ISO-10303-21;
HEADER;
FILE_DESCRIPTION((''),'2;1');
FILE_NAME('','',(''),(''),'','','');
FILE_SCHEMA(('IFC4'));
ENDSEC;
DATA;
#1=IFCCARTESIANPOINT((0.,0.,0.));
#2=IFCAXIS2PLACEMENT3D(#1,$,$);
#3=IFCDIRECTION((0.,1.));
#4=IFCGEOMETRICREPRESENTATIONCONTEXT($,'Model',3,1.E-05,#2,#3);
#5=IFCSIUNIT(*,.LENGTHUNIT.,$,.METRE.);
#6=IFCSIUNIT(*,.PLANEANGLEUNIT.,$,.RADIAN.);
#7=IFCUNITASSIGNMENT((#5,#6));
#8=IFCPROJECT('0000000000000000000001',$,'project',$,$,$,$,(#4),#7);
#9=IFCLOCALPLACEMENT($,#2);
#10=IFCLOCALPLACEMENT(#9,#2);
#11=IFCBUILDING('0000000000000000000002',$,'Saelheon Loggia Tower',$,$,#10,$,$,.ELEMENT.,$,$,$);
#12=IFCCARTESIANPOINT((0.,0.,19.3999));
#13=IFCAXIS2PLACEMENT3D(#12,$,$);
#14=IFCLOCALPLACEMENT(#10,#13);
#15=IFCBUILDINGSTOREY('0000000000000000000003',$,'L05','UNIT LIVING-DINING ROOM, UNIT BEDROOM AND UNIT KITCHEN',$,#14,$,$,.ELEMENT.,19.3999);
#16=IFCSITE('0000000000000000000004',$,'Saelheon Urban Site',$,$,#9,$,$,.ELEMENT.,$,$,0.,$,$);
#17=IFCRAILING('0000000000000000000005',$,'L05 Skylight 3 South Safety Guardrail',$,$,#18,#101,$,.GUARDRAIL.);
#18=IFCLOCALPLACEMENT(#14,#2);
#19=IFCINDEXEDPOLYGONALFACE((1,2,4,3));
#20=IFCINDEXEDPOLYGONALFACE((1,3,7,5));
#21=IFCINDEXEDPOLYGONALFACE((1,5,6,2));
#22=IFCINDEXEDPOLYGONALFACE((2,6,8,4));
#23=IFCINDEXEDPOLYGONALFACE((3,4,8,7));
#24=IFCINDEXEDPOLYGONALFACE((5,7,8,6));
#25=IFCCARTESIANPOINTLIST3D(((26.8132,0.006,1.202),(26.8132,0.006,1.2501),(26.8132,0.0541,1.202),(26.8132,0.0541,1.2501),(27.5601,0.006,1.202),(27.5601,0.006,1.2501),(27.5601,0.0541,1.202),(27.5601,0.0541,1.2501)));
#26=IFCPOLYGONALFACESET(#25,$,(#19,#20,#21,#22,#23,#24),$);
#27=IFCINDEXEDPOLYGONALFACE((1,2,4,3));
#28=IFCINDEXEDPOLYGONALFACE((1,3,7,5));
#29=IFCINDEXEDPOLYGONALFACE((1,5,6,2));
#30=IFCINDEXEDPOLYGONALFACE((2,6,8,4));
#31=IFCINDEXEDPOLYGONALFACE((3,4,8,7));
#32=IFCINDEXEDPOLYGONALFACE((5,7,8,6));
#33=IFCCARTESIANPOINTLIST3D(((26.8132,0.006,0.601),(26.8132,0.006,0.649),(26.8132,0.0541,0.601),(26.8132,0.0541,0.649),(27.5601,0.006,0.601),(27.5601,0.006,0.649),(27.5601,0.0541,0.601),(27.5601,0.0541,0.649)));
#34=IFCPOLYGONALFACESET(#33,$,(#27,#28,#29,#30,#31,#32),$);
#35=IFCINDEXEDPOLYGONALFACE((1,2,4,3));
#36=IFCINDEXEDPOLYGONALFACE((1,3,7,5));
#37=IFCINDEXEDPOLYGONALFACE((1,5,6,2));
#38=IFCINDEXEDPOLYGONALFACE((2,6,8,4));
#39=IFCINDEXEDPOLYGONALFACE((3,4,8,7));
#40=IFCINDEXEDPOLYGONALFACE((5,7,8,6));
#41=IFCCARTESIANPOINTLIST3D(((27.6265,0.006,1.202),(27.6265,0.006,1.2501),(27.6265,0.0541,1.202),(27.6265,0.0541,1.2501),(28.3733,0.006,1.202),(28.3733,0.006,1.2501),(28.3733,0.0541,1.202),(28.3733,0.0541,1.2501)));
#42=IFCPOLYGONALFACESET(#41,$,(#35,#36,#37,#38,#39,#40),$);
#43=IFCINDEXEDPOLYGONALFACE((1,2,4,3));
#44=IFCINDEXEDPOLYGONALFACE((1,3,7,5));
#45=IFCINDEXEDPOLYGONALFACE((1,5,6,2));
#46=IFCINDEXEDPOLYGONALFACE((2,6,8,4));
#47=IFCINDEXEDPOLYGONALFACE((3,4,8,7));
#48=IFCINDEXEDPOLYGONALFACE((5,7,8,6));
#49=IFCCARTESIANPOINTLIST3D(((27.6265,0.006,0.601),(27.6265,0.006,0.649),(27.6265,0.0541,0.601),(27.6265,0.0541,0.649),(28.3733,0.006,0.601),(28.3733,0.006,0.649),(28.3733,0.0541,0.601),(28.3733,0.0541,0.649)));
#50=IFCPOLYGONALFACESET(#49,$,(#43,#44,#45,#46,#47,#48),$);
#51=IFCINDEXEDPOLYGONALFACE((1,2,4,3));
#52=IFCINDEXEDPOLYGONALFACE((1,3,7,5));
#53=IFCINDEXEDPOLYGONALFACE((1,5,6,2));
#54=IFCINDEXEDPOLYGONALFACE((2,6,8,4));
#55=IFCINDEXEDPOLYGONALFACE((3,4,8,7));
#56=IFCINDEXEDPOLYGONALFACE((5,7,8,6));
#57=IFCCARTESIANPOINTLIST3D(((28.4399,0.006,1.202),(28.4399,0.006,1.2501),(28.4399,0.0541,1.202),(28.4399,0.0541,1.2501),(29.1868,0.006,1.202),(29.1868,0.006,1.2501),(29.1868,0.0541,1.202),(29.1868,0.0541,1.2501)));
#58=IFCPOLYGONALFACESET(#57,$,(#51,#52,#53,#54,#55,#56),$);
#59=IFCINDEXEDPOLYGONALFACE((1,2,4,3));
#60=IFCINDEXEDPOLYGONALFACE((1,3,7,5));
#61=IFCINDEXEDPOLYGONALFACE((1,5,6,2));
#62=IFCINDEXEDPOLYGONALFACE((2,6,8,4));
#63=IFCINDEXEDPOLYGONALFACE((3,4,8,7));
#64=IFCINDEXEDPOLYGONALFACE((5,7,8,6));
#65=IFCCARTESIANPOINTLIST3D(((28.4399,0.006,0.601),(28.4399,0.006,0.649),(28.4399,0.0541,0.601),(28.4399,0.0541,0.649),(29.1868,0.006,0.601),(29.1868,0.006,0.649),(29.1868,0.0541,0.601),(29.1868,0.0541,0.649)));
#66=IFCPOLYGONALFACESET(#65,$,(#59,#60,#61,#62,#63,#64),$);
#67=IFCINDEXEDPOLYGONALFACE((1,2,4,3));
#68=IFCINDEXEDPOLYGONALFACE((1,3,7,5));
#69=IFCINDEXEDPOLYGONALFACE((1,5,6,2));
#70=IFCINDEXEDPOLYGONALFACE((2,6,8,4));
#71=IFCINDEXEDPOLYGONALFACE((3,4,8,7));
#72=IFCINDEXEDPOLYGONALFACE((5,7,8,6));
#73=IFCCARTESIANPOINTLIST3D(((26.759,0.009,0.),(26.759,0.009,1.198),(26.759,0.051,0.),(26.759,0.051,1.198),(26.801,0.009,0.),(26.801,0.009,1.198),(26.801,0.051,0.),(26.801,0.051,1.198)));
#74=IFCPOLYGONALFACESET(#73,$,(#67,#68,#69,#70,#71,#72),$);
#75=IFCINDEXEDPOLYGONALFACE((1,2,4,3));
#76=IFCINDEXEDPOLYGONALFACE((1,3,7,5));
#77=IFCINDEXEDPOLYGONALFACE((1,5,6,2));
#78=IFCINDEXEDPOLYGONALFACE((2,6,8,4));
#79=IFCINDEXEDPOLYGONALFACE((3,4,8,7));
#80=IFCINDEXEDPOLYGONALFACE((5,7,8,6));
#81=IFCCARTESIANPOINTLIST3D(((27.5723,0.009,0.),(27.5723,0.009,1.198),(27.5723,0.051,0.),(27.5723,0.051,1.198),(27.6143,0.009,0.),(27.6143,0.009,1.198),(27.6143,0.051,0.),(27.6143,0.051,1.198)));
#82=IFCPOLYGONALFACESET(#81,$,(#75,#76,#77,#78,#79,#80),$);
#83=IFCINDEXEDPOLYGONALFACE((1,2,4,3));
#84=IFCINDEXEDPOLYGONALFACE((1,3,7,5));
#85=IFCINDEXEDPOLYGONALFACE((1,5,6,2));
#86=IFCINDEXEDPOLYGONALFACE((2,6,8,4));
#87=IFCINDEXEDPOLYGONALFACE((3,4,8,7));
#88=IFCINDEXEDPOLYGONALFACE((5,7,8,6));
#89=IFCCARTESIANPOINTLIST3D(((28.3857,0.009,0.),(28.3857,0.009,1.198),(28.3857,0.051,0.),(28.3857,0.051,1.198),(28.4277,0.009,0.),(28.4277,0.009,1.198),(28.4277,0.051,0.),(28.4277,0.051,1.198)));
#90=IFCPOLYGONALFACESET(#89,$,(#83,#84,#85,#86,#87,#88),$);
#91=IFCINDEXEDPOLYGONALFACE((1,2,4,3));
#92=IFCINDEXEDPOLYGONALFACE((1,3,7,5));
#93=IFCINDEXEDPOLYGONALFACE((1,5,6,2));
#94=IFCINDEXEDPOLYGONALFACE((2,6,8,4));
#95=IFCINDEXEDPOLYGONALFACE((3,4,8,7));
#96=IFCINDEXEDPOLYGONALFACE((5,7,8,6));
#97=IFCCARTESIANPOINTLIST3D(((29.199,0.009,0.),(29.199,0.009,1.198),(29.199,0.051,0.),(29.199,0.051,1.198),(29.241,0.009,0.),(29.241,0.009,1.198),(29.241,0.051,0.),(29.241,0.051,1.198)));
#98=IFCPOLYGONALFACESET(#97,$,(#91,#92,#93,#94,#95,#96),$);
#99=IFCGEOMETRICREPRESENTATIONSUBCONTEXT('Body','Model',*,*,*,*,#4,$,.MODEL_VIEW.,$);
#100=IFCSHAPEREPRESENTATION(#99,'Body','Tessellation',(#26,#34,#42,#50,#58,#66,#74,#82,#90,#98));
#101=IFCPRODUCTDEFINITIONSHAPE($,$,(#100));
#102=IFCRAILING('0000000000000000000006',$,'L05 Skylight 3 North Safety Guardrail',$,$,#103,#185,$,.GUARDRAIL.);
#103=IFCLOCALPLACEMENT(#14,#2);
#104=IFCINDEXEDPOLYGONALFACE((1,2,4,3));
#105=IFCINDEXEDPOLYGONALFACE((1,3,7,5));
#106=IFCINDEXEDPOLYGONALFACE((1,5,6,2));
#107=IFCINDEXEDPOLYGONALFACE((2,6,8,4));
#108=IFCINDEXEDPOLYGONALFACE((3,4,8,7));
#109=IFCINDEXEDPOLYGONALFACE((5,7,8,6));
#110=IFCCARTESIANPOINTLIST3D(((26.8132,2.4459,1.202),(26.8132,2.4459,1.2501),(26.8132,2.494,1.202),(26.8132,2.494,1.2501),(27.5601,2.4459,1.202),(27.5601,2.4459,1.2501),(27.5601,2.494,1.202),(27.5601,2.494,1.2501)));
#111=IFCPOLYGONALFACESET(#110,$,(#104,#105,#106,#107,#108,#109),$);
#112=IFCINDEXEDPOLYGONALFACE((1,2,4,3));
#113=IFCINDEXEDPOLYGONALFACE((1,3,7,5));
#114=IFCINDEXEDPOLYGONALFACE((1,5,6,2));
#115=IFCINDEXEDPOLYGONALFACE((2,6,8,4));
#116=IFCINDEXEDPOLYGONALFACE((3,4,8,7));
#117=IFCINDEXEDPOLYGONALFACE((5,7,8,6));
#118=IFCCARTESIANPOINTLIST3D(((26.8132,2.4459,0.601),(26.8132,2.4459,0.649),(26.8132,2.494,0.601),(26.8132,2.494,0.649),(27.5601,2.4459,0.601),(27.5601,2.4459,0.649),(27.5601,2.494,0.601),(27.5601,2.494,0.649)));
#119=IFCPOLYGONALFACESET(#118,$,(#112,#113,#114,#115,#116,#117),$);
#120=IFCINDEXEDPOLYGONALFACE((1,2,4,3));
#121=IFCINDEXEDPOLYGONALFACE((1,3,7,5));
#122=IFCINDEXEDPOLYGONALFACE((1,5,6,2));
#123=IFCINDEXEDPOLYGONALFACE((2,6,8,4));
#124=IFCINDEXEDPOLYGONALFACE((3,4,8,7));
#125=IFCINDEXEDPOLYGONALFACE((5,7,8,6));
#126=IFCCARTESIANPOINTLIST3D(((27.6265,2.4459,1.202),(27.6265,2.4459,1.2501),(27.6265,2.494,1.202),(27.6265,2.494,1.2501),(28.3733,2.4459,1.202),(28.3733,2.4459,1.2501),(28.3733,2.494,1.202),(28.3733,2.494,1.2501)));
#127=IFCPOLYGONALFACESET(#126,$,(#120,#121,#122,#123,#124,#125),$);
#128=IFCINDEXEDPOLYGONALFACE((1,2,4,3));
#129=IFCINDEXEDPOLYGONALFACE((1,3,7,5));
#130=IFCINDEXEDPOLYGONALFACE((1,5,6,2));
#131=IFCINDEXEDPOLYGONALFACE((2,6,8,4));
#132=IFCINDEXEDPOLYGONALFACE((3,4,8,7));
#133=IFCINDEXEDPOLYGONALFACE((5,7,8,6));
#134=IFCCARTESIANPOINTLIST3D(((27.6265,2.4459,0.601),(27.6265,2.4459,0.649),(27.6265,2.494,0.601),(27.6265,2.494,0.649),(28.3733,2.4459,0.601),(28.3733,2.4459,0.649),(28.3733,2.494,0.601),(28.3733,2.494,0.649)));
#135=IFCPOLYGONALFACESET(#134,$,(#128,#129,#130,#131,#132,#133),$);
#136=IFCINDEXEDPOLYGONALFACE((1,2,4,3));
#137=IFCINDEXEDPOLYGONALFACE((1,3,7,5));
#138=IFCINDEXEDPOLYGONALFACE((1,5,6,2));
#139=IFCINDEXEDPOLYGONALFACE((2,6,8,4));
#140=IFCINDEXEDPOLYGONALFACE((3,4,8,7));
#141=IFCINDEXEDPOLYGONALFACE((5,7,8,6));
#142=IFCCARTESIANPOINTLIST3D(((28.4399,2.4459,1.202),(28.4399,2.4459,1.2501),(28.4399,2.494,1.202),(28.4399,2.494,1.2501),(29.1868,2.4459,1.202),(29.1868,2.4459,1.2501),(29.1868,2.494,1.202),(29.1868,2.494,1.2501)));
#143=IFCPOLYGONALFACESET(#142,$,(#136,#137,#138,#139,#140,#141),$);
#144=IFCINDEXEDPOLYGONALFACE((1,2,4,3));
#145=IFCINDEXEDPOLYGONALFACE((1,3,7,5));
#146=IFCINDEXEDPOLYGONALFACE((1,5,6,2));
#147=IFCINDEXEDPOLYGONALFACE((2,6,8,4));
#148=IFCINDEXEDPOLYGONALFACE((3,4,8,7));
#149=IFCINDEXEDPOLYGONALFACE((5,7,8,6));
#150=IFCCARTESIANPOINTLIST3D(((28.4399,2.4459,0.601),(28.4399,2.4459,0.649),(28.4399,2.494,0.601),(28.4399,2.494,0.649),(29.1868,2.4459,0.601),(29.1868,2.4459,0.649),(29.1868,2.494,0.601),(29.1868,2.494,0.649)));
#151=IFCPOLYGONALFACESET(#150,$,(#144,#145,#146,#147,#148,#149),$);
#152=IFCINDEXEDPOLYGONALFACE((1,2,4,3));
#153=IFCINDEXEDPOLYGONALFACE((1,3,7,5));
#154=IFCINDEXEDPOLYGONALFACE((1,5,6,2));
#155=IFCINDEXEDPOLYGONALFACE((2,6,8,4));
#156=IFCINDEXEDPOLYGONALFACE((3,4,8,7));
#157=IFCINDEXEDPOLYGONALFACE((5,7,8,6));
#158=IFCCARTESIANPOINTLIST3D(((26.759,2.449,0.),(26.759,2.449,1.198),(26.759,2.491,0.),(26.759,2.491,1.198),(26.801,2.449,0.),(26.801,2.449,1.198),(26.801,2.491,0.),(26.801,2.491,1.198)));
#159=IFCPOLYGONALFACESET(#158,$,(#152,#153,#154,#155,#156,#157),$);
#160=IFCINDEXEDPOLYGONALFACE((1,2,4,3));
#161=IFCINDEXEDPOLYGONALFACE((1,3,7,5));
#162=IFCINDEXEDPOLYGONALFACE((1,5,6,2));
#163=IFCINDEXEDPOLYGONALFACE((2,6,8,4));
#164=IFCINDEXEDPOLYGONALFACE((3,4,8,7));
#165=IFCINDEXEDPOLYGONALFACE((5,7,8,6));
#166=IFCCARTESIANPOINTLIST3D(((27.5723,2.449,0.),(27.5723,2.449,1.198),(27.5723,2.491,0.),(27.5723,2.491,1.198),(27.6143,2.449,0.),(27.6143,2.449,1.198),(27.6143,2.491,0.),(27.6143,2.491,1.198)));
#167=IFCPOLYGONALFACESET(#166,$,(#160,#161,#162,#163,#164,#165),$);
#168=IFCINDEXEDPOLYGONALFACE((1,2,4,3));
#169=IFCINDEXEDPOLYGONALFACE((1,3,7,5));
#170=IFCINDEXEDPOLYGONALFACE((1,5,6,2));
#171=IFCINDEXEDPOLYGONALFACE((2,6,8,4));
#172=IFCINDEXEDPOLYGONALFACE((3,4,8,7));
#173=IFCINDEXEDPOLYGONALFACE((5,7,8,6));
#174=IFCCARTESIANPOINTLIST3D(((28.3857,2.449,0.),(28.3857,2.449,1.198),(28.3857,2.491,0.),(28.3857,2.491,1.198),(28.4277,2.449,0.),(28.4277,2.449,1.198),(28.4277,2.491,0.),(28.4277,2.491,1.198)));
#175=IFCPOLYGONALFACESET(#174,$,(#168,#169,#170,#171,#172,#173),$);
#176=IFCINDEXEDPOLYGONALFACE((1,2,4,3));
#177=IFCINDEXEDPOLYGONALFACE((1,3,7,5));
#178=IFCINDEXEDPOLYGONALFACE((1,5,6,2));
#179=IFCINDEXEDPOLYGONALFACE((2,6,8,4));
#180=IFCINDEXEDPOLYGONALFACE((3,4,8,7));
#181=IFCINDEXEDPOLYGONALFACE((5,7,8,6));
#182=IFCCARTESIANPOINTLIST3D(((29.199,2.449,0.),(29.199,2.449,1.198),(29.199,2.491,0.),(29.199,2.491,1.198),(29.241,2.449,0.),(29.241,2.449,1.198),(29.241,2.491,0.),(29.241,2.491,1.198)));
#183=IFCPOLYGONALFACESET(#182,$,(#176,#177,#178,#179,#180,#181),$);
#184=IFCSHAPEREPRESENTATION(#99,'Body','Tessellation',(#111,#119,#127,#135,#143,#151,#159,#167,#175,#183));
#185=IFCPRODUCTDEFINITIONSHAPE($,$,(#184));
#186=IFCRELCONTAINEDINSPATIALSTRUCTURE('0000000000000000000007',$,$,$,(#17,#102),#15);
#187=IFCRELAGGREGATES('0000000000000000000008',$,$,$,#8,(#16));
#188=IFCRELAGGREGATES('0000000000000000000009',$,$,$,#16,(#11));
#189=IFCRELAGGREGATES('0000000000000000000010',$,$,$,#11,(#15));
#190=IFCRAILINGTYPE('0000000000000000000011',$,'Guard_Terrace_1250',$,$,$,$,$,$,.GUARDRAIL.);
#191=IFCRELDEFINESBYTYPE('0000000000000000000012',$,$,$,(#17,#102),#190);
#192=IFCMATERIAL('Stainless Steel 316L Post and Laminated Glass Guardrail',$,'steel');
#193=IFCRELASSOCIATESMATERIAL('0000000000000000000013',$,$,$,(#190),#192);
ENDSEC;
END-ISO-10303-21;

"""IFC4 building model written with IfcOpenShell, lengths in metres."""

from ifc_helpers import new_model, si_unit, direction, frame, origin, origin_2d, place, context, subcontext, project, spatial, rectangle, extrude, material, type_object, element, save


model = new_model("IFC4")

# Units and contexts
model_context = context("Model", 3, precision=1e-05, world=origin(), true_north=direction((0.0, 1.0)))
body_context = subcontext(model_context, "Body", "Model", "MODEL_VIEW")
ifc_project = project(units=[si_unit("LENGTHUNIT", "METRE"), si_unit("PLANEANGLEUNIT", "RADIAN")], contexts=[model_context])

# Site, building, storey
site_placement = place(None, origin())
site = spatial("IfcSite", under=ifc_project, at=site_placement, Name="Saelheon Urban Site", CompositionType="ELEMENT", RefElevation=0.0)
building_placement = place(site_placement, origin())
building = spatial("IfcBuilding", under=site, at=building_placement, Name="Saelheon Loggia Tower", CompositionType="ELEMENT")
storey_placement = place(building_placement, frame((0.0, 0.0, 19.3999)))
storey = spatial("IfcBuildingStorey", under=building, at=storey_placement, Name="L05", Description="UNIT LIVING-DINING ROOM, UNIT BEDROOM AND UNIT KITCHEN", CompositionType="ELEMENT", Elevation=19.3999)

# Railings
ifc_material_1 = material(Name="Stainless Steel 316L Post and Laminated Glass Guardrail", Category="steel")
railing_type = type_object("IfcRailingType", Name="Guard_Terrace_1250", PredefinedType="GUARDRAIL", material=ifc_material_1)
for number, where, name in (
    (1, (26.78, 0.03, 0.0), "L05 Skylight 3 South Safety Guardrail"),
    (2, (26.78, 2.47, 0.0), "L05 Skylight 3 North Safety Guardrail"),
):
    element("IfcRailing", number, at=place(storey_placement, frame(where)), inside=storey, type_object=railing_type, Name=name, PredefinedType="GUARDRAIL", context=body_context, shape_type="SweptSolid", body=[
        extrude(rectangle(XDim=0.0481, YDim=0.0481, at=origin_2d()), frame((0.0332, 0.0, 1.2261), z_axis=(1.0, 0.0, 0.0), x_axis=(0.0, 1.0, 0.0)), (0.0, 0.0, 1.0), 0.7468),
        extrude(rectangle(XDim=0.0481, YDim=0.0481, at=origin_2d()), frame((0.0332, 0.0, 0.625), z_axis=(1.0, 0.0, 0.0), x_axis=(0.0, 1.0, 0.0)), (0.0, 0.0, 1.0), 0.7468),
        extrude(rectangle(XDim=0.0481, YDim=0.0481, at=origin_2d()), frame((0.8464, 0.0, 1.2261), z_axis=(1.0, 0.0, 0.0), x_axis=(0.0, 1.0, 0.0)), (0.0, 0.0, 1.0), 0.7468),
        extrude(rectangle(XDim=0.0481, YDim=0.0481, at=origin_2d()), frame((0.8464, 0.0, 0.625), z_axis=(1.0, 0.0, 0.0), x_axis=(0.0, 1.0, 0.0)), (0.0, 0.0, 1.0), 0.7468),
        extrude(rectangle(XDim=0.0481, YDim=0.0481, at=origin_2d()), frame((1.6599, 0.0, 1.2261), z_axis=(1.0, 0.0, 0.0), x_axis=(0.0, 1.0, 0.0)), (0.0, 0.0, 1.0), 0.7468),
        extrude(rectangle(XDim=0.0481, YDim=0.0481, at=origin_2d()), frame((1.6599, 0.0, 0.625), z_axis=(1.0, 0.0, 0.0), x_axis=(0.0, 1.0, 0.0)), (0.0, 0.0, 1.0), 0.7468),
        extrude(rectangle(XDim=0.042, YDim=0.042, at=origin_2d()), origin(), (0.0, 0.0, 1.0), 1.198),
        extrude(rectangle(XDim=0.042, YDim=0.042, at=origin_2d()), frame((0.8132, 0.0, 0.0)), (0.0, 0.0, 1.0), 1.198),
        extrude(rectangle(XDim=0.042, YDim=0.042, at=origin_2d()), frame((1.6267, 0.0, 0.0)), (0.0, 0.0, 1.0), 1.198),
        extrude(rectangle(XDim=0.042, YDim=0.042, at=origin_2d()), frame((2.4399, 0.0, 0.0)), (0.0, 0.0, 1.0), 1.198),
    ])

save(model, "model.ifc")
